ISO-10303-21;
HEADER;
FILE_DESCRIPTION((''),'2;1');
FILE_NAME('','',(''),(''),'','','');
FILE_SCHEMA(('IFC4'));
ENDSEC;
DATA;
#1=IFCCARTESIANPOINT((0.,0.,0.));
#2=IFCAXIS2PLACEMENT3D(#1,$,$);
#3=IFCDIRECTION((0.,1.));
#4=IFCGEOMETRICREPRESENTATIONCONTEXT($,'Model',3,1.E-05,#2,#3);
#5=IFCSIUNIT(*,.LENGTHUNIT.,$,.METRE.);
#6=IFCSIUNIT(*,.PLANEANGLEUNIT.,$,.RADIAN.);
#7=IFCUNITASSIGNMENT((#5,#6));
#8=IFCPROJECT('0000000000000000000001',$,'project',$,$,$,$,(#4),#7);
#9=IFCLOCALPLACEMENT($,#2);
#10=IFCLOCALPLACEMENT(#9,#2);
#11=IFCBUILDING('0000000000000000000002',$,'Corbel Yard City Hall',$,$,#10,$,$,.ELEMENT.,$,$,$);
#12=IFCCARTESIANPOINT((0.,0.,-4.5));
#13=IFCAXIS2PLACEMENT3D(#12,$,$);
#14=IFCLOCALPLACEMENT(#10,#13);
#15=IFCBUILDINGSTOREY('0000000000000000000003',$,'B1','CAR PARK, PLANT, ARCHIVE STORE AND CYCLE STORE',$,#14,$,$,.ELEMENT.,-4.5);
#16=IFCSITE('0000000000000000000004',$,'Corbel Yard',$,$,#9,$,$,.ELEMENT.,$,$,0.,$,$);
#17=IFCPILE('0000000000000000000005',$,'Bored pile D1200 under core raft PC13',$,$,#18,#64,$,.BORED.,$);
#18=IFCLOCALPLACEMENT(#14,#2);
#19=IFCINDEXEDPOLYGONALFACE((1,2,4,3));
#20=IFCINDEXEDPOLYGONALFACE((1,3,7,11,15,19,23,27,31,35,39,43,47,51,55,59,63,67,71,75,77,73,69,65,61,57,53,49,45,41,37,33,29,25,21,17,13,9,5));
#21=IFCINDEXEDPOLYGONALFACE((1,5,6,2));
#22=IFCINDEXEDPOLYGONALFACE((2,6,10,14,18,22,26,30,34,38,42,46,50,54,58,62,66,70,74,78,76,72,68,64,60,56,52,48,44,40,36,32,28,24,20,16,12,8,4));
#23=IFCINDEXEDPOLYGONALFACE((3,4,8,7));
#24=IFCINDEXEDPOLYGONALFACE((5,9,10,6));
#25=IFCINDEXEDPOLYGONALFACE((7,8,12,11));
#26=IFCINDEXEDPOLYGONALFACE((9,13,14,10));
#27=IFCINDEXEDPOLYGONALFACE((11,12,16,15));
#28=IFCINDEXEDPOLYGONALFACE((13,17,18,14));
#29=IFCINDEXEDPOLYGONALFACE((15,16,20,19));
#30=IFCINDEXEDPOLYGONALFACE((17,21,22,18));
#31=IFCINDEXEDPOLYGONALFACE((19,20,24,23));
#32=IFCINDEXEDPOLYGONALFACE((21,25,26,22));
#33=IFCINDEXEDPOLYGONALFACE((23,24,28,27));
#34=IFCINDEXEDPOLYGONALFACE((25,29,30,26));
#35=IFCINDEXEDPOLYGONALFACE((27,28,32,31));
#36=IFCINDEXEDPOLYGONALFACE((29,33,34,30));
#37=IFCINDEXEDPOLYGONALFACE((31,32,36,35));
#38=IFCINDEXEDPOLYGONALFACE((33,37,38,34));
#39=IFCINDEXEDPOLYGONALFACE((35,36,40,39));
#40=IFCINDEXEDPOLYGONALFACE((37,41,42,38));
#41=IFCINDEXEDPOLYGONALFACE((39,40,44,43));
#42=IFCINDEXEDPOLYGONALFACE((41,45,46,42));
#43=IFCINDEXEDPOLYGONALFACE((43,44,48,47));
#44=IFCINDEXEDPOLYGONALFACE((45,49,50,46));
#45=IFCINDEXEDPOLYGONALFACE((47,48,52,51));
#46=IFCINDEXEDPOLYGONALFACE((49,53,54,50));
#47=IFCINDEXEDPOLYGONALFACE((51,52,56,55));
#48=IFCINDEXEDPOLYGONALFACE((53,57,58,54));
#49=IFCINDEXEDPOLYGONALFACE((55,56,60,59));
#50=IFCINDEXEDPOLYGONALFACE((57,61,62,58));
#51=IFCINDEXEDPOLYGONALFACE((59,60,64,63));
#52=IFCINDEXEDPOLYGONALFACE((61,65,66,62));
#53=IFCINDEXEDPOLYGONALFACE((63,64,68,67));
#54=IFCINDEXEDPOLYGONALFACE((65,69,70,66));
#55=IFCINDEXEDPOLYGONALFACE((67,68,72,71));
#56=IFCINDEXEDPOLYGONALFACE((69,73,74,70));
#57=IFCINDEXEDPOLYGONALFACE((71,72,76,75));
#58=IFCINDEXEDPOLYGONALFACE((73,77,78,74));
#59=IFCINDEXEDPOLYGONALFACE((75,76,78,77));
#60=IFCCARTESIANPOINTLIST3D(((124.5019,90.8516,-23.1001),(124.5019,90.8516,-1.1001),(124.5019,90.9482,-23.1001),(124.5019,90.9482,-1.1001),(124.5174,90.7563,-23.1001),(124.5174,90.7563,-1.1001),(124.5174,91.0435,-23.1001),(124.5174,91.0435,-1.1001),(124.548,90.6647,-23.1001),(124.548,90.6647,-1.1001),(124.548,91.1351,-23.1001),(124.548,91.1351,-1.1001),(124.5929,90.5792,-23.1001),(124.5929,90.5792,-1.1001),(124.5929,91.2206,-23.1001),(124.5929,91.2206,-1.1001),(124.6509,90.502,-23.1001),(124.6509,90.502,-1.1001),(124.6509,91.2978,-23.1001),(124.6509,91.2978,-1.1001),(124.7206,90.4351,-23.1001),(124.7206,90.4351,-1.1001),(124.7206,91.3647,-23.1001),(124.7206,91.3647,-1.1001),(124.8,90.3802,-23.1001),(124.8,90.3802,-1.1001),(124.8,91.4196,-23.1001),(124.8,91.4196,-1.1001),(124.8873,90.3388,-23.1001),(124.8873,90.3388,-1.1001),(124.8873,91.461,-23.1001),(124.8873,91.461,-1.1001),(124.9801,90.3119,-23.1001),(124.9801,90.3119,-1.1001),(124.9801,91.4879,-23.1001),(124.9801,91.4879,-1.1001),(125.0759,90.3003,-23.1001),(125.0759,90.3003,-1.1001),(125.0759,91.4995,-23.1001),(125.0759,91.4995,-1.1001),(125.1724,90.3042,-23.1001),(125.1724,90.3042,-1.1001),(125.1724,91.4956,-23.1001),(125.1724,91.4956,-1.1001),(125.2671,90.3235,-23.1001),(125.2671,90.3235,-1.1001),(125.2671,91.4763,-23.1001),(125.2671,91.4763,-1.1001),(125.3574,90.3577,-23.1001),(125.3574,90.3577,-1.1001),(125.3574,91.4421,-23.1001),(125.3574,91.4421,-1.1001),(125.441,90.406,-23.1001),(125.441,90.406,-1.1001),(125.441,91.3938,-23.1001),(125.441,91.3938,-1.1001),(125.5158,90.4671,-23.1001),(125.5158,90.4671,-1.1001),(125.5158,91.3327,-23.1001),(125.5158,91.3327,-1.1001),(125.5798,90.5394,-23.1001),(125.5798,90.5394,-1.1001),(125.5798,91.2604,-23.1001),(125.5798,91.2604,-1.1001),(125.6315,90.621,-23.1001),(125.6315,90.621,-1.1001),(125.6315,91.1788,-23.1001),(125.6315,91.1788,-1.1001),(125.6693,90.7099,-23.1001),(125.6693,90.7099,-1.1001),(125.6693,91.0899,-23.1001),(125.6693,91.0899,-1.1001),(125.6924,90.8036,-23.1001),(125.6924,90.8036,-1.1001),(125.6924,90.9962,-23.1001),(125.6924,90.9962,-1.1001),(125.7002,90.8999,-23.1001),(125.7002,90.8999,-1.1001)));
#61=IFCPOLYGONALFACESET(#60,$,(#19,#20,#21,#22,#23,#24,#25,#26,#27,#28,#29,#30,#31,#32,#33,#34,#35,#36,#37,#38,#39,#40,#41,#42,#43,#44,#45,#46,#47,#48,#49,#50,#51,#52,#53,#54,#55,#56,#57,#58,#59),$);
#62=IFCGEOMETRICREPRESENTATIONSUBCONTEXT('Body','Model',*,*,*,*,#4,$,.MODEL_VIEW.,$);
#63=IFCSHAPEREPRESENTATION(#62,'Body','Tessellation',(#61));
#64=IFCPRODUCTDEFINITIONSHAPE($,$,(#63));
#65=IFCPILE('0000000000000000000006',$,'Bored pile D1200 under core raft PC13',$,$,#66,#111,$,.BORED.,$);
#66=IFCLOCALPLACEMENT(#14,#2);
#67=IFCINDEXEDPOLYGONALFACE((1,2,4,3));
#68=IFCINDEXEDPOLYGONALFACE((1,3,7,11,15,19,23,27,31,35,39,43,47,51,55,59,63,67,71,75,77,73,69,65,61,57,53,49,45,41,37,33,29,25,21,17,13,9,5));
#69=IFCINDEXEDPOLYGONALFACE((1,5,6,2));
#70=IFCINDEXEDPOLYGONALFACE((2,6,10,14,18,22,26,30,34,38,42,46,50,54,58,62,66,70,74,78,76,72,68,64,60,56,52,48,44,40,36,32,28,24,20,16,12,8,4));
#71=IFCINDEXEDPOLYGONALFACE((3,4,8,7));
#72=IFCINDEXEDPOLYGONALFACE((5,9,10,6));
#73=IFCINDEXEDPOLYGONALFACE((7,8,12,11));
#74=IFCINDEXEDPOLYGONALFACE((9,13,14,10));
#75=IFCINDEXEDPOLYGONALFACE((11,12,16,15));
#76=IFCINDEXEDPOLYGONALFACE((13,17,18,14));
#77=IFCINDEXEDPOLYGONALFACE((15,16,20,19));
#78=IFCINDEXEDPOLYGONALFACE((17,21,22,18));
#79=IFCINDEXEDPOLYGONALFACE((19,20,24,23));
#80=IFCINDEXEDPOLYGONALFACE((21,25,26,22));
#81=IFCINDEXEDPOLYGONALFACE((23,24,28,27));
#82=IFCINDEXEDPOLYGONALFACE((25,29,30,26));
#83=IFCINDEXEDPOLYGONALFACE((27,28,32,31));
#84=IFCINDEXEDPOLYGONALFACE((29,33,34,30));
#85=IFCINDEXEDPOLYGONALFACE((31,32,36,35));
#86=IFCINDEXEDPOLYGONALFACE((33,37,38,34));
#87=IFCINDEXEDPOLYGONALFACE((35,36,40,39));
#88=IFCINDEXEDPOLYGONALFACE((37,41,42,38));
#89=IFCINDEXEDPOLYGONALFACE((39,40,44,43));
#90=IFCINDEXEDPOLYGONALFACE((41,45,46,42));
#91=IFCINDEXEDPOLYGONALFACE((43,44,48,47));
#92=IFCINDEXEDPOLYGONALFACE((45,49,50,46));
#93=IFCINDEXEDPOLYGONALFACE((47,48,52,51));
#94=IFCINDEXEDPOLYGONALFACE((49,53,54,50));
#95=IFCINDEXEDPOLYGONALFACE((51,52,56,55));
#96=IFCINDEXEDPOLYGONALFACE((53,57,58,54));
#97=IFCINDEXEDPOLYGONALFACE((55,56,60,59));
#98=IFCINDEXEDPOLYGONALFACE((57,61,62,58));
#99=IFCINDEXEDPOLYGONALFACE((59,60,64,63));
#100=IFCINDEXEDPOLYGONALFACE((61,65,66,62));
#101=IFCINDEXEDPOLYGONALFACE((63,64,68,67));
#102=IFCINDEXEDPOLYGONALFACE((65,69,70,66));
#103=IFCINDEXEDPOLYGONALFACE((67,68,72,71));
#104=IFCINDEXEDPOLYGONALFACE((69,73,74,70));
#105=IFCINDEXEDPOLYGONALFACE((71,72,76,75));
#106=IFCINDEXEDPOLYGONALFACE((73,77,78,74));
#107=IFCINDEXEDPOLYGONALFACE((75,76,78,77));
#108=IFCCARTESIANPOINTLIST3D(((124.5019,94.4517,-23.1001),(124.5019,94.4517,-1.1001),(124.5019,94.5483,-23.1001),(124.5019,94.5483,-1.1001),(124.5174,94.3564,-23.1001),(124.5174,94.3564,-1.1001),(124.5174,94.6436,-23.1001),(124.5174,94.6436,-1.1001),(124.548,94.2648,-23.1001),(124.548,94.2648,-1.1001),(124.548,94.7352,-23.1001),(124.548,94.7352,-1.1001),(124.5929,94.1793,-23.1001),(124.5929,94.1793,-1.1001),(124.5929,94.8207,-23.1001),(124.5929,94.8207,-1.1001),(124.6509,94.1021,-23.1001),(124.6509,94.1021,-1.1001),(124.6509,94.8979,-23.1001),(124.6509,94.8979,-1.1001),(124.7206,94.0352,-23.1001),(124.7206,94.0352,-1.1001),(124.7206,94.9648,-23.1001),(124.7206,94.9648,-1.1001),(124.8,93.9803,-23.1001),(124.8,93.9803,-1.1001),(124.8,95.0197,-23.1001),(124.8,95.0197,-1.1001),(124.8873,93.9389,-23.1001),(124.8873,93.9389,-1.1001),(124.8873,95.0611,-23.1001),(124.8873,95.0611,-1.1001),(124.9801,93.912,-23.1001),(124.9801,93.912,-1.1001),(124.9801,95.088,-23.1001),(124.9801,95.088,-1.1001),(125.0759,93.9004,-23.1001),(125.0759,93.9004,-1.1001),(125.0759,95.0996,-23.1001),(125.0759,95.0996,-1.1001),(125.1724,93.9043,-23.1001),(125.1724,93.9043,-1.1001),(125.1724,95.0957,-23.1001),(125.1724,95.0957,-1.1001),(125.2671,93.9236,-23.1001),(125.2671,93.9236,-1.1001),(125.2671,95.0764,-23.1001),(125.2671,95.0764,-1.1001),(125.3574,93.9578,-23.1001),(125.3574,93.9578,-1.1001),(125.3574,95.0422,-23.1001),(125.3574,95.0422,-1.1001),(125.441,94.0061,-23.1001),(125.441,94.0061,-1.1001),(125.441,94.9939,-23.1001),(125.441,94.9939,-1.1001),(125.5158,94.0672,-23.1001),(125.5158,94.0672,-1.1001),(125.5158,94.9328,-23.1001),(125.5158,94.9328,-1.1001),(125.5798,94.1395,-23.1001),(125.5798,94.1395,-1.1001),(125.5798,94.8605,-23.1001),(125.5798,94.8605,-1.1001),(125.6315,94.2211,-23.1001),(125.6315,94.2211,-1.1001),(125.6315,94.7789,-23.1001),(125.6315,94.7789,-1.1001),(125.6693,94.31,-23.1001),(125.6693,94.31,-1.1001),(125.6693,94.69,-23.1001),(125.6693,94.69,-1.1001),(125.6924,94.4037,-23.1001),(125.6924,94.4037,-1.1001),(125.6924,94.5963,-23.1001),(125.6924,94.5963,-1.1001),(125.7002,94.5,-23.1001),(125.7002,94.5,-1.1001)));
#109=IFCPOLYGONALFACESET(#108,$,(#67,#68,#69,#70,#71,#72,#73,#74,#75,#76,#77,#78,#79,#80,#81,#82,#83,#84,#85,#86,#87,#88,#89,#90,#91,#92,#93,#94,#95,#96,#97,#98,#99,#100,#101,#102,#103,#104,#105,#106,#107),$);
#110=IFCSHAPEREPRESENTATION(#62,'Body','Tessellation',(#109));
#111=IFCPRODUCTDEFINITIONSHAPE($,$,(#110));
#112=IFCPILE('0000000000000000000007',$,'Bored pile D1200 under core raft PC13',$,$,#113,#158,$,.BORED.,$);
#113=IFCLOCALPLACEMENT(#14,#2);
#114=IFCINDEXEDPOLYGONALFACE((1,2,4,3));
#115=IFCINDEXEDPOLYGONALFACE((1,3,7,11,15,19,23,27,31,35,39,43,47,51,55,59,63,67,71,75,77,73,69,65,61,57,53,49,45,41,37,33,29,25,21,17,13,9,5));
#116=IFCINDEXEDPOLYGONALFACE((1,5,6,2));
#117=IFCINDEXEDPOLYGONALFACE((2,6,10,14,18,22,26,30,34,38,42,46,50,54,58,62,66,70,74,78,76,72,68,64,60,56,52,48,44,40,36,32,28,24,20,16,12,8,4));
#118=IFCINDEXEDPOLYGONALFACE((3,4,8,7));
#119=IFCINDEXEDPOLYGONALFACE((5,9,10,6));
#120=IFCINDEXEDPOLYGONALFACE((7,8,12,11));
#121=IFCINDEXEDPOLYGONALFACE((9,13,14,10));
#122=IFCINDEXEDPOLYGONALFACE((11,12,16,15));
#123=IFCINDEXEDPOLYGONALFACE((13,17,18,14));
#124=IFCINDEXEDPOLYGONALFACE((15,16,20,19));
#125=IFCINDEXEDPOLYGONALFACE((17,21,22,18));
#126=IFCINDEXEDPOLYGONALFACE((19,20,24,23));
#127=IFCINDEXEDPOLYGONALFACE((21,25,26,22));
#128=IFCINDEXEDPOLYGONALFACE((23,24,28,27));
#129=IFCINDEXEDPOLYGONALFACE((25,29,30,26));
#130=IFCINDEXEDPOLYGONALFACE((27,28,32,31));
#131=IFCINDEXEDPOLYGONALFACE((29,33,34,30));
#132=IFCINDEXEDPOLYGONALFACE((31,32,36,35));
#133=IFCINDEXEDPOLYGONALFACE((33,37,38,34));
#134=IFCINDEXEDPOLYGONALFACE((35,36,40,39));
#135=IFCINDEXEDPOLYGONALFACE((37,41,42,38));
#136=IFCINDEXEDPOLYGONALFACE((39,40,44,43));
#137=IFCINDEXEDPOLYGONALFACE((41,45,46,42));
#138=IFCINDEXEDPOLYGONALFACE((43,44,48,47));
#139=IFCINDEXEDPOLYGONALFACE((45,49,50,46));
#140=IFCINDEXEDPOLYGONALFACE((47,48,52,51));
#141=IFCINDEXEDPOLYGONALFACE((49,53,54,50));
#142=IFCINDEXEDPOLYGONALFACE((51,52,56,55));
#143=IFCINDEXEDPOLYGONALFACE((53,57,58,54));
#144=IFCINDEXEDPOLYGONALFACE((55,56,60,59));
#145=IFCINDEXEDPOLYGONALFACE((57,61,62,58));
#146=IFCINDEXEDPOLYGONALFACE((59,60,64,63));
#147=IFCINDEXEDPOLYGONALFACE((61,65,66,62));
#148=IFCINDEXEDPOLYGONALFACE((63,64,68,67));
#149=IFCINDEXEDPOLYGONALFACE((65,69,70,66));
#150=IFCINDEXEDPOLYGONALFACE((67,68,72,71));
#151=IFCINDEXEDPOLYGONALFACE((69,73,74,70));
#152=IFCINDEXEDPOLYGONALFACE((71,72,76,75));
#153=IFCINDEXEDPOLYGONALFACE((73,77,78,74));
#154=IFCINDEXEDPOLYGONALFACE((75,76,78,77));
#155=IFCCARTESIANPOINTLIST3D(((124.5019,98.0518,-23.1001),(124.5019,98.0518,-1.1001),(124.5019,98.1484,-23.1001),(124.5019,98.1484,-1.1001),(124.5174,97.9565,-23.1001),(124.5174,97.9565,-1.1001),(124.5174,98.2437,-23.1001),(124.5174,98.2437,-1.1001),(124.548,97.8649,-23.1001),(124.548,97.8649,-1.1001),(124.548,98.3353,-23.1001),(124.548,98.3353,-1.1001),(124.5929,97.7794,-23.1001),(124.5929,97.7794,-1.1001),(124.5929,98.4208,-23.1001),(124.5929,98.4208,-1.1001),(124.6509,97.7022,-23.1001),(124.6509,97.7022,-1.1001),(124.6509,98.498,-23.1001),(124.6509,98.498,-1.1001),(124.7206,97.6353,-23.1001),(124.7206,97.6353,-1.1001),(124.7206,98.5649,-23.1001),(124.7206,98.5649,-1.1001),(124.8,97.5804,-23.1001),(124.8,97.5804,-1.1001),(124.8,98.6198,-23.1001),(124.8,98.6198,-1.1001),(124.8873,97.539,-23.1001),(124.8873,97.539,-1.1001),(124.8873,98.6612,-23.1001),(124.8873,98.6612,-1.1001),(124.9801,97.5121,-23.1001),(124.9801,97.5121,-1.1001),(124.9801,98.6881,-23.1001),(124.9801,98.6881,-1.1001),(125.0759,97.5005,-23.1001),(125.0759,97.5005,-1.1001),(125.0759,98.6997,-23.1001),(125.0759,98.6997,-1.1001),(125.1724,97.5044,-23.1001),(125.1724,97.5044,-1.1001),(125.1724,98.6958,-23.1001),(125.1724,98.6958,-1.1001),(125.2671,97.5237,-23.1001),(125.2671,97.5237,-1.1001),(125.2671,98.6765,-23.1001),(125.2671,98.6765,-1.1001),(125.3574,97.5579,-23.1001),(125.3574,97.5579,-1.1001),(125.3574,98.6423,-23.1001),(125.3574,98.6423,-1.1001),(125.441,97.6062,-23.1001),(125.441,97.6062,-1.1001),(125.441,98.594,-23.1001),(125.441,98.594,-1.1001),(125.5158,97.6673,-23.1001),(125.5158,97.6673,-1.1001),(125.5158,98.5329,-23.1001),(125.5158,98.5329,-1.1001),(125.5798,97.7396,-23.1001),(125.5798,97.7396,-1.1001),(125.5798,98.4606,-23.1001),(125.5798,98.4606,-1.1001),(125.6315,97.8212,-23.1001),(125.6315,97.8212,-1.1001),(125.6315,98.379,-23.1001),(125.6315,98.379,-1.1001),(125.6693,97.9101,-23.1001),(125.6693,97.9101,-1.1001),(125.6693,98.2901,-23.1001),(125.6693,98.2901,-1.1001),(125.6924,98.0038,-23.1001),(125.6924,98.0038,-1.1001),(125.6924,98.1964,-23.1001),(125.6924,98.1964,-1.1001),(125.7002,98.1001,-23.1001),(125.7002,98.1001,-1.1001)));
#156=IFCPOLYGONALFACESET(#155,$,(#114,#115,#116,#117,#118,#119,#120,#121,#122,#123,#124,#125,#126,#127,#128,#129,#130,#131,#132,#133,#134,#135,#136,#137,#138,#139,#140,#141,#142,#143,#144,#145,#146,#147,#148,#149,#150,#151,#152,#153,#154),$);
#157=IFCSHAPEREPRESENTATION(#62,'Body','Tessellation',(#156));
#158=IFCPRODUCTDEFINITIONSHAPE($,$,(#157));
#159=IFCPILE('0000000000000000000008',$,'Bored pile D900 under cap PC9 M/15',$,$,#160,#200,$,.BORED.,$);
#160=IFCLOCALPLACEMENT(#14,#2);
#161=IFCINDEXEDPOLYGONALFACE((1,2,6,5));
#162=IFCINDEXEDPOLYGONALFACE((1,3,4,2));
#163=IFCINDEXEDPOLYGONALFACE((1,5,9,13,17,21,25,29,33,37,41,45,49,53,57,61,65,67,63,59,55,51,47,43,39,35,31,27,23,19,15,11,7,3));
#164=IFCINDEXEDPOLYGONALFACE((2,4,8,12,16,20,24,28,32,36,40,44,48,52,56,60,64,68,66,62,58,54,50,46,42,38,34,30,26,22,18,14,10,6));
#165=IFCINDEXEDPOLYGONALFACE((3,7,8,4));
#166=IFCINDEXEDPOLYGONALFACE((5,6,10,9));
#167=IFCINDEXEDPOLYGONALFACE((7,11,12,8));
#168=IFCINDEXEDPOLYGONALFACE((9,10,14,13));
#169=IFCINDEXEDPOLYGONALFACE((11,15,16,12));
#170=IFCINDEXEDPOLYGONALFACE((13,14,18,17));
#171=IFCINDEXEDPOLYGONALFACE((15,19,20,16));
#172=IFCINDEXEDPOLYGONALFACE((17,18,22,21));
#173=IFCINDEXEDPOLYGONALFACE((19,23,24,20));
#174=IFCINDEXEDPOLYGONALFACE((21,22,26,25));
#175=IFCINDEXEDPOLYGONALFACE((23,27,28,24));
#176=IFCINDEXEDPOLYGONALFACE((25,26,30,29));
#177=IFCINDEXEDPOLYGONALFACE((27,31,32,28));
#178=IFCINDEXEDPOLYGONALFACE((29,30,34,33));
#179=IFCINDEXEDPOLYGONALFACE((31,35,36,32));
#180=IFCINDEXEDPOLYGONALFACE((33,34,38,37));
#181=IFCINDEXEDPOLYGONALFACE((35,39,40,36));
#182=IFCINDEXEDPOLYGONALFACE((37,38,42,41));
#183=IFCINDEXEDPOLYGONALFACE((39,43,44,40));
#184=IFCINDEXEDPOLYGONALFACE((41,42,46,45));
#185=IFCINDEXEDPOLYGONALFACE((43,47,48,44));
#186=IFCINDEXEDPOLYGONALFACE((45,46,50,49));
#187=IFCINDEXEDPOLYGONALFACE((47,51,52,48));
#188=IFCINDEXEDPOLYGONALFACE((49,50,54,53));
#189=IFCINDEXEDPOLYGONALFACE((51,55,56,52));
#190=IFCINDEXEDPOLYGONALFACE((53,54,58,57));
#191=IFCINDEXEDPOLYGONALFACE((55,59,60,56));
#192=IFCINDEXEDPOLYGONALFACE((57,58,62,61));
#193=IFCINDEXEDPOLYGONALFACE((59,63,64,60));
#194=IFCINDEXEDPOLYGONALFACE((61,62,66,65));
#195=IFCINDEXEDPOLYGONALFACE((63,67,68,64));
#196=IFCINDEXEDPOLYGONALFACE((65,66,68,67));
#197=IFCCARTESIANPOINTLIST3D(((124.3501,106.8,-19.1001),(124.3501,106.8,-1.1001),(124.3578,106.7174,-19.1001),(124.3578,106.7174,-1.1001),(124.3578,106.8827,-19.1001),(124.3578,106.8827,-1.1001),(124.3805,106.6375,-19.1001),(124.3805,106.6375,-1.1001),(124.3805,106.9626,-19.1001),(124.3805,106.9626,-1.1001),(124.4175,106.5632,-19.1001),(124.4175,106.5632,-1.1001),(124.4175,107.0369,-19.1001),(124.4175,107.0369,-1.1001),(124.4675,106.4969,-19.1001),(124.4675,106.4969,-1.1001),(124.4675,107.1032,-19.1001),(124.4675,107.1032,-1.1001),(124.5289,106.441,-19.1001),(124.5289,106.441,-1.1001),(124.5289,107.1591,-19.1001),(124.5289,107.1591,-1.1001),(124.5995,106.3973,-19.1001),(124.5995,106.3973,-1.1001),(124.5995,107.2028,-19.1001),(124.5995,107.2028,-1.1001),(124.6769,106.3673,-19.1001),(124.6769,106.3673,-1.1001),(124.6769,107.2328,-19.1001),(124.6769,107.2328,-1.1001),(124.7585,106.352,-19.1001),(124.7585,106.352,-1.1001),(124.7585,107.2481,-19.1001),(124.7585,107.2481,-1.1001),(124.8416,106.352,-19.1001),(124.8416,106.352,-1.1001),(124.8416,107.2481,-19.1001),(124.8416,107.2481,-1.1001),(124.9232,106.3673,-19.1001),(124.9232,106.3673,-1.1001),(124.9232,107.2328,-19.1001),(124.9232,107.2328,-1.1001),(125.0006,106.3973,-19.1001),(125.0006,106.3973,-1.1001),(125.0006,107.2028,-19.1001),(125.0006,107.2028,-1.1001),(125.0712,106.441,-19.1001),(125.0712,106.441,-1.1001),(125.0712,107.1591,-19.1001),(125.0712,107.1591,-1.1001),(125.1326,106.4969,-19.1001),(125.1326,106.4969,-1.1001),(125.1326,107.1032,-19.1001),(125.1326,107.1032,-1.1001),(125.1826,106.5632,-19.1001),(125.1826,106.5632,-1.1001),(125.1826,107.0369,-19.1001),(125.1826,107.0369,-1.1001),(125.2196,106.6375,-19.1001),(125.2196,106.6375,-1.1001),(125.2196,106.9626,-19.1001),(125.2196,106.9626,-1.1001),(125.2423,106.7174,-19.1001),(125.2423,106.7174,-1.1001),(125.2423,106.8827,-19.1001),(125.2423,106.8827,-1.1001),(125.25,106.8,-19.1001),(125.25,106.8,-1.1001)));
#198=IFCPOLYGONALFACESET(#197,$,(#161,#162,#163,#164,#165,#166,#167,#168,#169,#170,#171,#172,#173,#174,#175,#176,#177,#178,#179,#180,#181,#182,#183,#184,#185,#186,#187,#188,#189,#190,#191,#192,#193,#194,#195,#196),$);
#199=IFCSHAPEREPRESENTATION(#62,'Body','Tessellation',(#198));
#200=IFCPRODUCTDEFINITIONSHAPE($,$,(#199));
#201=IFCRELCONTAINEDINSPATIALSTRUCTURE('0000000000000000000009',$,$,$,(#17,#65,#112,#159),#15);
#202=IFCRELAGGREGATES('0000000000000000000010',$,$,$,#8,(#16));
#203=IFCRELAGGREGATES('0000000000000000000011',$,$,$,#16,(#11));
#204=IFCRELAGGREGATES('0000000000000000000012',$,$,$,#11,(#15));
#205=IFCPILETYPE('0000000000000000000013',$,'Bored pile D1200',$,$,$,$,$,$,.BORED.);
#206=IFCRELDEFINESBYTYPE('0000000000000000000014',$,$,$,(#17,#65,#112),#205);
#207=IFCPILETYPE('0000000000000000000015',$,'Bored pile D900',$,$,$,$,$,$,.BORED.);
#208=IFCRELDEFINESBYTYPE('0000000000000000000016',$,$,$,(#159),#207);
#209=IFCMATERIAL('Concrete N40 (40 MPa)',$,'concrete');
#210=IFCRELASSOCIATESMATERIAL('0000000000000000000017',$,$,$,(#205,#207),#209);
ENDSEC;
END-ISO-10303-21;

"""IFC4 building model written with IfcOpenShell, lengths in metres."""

from ifc_helpers import new_model, si_unit, direction, frame, origin, origin_2d, place, context, subcontext, project, spatial, circle, extrude, material, material_profile, profile_set, type_object, element, save


model = new_model("IFC4")

# Units and contexts
model_context = context("Model", 3, precision=1e-05, world=origin(), true_north=direction((0.0, 1.0)))
body_context = subcontext(model_context, "Body", "Model", "MODEL_VIEW")
ifc_project = project(units=[si_unit("LENGTHUNIT", "METRE"), si_unit("PLANEANGLEUNIT", "RADIAN")], contexts=[model_context])

# Site, building, storey
site_placement = place(None, origin())
site = spatial("IfcSite", under=ifc_project, at=site_placement, Name="Corbel Yard", CompositionType="ELEMENT", RefElevation=0.0)
building_placement = place(site_placement, origin())
building = spatial("IfcBuilding", under=site, at=building_placement, Name="Corbel Yard City Hall", CompositionType="ELEMENT")
storey_placement = place(building_placement, frame((0.0, 0.0, -4.5)))
storey = spatial("IfcBuildingStorey", under=building, at=storey_placement, Name="B1", Description="CAR PARK, PLANT, ARCHIVE STORE AND CYCLE STORE", CompositionType="ELEMENT", Elevation=-4.5)

# Piles
ifc_material_1 = material(Name="Concrete N40 (40 MPa)", Category="concrete")
ifc_material_profile_1 = material_profile(ifc_material_1, circle(Radius=0.6001, at=origin_2d()), Name="D1200")
ifc_profile_set_1 = profile_set([ifc_material_profile_1], Name="Concrete N40 (40 MPa)")
pile_type_1 = type_object("IfcPileType", Name="Bored pile D1200", PredefinedType="BORED", material=ifc_profile_set_1)
for number, where, z_axis, x_axis, name in (
    (1, (125.1001, 90.8999, -1.1001), (0.0, 0.0, -1.0), (1.0, 0.0, 0.0), "Bored pile D1200 under core raft PC13"),
    (2, (125.1001, 94.5, -1.1001), (0.0, 0.0, -1.0), (1.0, 0.0, 0.0), "Bored pile D1200 under core raft PC13"),
    (3, (125.1001, 98.1001, -1.1001), (0.0, 0.0, -1.0), (1.0, 0.0, 0.0), "Bored pile D1200 under core raft PC13"),
):
    element("IfcPile", number, at=place(storey_placement, frame(where, z_axis=z_axis, x_axis=x_axis)), inside=storey, type_object=pile_type_1, Name=name, PredefinedType="BORED", context=body_context, shape_type="SweptSolid", body=[
        extrude(circle(Radius=0.6001, at=origin_2d()), origin(), (0.0, 0.0, 1.0), 22.0),
    ])
ifc_material_profile_2 = material_profile(ifc_material_1, circle(Radius=0.45, at=origin_2d()), Name="D900")
ifc_profile_set_2 = profile_set([ifc_material_profile_2], Name="Concrete N40 (40 MPa)")
pile_type_2 = type_object("IfcPileType", Name="Bored pile D900", PredefinedType="BORED", material=ifc_profile_set_2)
for number, where, z_axis, x_axis, name in (
    (4, (124.8, 106.8, -1.1001), (0.0, 0.0, -1.0), (1.0, 0.0, 0.0), "Bored pile D900 under cap PC9 M/15"),
):
    element("IfcPile", number, at=place(storey_placement, frame(where, z_axis=z_axis, x_axis=x_axis)), inside=storey, type_object=pile_type_2, Name=name, PredefinedType="BORED", context=body_context, shape_type="SweptSolid", body=[
        extrude(circle(Radius=0.45, at=origin_2d()), origin(), (0.0, 0.0, 1.0), 18.0),
    ])

save(model, "model.ifc")
